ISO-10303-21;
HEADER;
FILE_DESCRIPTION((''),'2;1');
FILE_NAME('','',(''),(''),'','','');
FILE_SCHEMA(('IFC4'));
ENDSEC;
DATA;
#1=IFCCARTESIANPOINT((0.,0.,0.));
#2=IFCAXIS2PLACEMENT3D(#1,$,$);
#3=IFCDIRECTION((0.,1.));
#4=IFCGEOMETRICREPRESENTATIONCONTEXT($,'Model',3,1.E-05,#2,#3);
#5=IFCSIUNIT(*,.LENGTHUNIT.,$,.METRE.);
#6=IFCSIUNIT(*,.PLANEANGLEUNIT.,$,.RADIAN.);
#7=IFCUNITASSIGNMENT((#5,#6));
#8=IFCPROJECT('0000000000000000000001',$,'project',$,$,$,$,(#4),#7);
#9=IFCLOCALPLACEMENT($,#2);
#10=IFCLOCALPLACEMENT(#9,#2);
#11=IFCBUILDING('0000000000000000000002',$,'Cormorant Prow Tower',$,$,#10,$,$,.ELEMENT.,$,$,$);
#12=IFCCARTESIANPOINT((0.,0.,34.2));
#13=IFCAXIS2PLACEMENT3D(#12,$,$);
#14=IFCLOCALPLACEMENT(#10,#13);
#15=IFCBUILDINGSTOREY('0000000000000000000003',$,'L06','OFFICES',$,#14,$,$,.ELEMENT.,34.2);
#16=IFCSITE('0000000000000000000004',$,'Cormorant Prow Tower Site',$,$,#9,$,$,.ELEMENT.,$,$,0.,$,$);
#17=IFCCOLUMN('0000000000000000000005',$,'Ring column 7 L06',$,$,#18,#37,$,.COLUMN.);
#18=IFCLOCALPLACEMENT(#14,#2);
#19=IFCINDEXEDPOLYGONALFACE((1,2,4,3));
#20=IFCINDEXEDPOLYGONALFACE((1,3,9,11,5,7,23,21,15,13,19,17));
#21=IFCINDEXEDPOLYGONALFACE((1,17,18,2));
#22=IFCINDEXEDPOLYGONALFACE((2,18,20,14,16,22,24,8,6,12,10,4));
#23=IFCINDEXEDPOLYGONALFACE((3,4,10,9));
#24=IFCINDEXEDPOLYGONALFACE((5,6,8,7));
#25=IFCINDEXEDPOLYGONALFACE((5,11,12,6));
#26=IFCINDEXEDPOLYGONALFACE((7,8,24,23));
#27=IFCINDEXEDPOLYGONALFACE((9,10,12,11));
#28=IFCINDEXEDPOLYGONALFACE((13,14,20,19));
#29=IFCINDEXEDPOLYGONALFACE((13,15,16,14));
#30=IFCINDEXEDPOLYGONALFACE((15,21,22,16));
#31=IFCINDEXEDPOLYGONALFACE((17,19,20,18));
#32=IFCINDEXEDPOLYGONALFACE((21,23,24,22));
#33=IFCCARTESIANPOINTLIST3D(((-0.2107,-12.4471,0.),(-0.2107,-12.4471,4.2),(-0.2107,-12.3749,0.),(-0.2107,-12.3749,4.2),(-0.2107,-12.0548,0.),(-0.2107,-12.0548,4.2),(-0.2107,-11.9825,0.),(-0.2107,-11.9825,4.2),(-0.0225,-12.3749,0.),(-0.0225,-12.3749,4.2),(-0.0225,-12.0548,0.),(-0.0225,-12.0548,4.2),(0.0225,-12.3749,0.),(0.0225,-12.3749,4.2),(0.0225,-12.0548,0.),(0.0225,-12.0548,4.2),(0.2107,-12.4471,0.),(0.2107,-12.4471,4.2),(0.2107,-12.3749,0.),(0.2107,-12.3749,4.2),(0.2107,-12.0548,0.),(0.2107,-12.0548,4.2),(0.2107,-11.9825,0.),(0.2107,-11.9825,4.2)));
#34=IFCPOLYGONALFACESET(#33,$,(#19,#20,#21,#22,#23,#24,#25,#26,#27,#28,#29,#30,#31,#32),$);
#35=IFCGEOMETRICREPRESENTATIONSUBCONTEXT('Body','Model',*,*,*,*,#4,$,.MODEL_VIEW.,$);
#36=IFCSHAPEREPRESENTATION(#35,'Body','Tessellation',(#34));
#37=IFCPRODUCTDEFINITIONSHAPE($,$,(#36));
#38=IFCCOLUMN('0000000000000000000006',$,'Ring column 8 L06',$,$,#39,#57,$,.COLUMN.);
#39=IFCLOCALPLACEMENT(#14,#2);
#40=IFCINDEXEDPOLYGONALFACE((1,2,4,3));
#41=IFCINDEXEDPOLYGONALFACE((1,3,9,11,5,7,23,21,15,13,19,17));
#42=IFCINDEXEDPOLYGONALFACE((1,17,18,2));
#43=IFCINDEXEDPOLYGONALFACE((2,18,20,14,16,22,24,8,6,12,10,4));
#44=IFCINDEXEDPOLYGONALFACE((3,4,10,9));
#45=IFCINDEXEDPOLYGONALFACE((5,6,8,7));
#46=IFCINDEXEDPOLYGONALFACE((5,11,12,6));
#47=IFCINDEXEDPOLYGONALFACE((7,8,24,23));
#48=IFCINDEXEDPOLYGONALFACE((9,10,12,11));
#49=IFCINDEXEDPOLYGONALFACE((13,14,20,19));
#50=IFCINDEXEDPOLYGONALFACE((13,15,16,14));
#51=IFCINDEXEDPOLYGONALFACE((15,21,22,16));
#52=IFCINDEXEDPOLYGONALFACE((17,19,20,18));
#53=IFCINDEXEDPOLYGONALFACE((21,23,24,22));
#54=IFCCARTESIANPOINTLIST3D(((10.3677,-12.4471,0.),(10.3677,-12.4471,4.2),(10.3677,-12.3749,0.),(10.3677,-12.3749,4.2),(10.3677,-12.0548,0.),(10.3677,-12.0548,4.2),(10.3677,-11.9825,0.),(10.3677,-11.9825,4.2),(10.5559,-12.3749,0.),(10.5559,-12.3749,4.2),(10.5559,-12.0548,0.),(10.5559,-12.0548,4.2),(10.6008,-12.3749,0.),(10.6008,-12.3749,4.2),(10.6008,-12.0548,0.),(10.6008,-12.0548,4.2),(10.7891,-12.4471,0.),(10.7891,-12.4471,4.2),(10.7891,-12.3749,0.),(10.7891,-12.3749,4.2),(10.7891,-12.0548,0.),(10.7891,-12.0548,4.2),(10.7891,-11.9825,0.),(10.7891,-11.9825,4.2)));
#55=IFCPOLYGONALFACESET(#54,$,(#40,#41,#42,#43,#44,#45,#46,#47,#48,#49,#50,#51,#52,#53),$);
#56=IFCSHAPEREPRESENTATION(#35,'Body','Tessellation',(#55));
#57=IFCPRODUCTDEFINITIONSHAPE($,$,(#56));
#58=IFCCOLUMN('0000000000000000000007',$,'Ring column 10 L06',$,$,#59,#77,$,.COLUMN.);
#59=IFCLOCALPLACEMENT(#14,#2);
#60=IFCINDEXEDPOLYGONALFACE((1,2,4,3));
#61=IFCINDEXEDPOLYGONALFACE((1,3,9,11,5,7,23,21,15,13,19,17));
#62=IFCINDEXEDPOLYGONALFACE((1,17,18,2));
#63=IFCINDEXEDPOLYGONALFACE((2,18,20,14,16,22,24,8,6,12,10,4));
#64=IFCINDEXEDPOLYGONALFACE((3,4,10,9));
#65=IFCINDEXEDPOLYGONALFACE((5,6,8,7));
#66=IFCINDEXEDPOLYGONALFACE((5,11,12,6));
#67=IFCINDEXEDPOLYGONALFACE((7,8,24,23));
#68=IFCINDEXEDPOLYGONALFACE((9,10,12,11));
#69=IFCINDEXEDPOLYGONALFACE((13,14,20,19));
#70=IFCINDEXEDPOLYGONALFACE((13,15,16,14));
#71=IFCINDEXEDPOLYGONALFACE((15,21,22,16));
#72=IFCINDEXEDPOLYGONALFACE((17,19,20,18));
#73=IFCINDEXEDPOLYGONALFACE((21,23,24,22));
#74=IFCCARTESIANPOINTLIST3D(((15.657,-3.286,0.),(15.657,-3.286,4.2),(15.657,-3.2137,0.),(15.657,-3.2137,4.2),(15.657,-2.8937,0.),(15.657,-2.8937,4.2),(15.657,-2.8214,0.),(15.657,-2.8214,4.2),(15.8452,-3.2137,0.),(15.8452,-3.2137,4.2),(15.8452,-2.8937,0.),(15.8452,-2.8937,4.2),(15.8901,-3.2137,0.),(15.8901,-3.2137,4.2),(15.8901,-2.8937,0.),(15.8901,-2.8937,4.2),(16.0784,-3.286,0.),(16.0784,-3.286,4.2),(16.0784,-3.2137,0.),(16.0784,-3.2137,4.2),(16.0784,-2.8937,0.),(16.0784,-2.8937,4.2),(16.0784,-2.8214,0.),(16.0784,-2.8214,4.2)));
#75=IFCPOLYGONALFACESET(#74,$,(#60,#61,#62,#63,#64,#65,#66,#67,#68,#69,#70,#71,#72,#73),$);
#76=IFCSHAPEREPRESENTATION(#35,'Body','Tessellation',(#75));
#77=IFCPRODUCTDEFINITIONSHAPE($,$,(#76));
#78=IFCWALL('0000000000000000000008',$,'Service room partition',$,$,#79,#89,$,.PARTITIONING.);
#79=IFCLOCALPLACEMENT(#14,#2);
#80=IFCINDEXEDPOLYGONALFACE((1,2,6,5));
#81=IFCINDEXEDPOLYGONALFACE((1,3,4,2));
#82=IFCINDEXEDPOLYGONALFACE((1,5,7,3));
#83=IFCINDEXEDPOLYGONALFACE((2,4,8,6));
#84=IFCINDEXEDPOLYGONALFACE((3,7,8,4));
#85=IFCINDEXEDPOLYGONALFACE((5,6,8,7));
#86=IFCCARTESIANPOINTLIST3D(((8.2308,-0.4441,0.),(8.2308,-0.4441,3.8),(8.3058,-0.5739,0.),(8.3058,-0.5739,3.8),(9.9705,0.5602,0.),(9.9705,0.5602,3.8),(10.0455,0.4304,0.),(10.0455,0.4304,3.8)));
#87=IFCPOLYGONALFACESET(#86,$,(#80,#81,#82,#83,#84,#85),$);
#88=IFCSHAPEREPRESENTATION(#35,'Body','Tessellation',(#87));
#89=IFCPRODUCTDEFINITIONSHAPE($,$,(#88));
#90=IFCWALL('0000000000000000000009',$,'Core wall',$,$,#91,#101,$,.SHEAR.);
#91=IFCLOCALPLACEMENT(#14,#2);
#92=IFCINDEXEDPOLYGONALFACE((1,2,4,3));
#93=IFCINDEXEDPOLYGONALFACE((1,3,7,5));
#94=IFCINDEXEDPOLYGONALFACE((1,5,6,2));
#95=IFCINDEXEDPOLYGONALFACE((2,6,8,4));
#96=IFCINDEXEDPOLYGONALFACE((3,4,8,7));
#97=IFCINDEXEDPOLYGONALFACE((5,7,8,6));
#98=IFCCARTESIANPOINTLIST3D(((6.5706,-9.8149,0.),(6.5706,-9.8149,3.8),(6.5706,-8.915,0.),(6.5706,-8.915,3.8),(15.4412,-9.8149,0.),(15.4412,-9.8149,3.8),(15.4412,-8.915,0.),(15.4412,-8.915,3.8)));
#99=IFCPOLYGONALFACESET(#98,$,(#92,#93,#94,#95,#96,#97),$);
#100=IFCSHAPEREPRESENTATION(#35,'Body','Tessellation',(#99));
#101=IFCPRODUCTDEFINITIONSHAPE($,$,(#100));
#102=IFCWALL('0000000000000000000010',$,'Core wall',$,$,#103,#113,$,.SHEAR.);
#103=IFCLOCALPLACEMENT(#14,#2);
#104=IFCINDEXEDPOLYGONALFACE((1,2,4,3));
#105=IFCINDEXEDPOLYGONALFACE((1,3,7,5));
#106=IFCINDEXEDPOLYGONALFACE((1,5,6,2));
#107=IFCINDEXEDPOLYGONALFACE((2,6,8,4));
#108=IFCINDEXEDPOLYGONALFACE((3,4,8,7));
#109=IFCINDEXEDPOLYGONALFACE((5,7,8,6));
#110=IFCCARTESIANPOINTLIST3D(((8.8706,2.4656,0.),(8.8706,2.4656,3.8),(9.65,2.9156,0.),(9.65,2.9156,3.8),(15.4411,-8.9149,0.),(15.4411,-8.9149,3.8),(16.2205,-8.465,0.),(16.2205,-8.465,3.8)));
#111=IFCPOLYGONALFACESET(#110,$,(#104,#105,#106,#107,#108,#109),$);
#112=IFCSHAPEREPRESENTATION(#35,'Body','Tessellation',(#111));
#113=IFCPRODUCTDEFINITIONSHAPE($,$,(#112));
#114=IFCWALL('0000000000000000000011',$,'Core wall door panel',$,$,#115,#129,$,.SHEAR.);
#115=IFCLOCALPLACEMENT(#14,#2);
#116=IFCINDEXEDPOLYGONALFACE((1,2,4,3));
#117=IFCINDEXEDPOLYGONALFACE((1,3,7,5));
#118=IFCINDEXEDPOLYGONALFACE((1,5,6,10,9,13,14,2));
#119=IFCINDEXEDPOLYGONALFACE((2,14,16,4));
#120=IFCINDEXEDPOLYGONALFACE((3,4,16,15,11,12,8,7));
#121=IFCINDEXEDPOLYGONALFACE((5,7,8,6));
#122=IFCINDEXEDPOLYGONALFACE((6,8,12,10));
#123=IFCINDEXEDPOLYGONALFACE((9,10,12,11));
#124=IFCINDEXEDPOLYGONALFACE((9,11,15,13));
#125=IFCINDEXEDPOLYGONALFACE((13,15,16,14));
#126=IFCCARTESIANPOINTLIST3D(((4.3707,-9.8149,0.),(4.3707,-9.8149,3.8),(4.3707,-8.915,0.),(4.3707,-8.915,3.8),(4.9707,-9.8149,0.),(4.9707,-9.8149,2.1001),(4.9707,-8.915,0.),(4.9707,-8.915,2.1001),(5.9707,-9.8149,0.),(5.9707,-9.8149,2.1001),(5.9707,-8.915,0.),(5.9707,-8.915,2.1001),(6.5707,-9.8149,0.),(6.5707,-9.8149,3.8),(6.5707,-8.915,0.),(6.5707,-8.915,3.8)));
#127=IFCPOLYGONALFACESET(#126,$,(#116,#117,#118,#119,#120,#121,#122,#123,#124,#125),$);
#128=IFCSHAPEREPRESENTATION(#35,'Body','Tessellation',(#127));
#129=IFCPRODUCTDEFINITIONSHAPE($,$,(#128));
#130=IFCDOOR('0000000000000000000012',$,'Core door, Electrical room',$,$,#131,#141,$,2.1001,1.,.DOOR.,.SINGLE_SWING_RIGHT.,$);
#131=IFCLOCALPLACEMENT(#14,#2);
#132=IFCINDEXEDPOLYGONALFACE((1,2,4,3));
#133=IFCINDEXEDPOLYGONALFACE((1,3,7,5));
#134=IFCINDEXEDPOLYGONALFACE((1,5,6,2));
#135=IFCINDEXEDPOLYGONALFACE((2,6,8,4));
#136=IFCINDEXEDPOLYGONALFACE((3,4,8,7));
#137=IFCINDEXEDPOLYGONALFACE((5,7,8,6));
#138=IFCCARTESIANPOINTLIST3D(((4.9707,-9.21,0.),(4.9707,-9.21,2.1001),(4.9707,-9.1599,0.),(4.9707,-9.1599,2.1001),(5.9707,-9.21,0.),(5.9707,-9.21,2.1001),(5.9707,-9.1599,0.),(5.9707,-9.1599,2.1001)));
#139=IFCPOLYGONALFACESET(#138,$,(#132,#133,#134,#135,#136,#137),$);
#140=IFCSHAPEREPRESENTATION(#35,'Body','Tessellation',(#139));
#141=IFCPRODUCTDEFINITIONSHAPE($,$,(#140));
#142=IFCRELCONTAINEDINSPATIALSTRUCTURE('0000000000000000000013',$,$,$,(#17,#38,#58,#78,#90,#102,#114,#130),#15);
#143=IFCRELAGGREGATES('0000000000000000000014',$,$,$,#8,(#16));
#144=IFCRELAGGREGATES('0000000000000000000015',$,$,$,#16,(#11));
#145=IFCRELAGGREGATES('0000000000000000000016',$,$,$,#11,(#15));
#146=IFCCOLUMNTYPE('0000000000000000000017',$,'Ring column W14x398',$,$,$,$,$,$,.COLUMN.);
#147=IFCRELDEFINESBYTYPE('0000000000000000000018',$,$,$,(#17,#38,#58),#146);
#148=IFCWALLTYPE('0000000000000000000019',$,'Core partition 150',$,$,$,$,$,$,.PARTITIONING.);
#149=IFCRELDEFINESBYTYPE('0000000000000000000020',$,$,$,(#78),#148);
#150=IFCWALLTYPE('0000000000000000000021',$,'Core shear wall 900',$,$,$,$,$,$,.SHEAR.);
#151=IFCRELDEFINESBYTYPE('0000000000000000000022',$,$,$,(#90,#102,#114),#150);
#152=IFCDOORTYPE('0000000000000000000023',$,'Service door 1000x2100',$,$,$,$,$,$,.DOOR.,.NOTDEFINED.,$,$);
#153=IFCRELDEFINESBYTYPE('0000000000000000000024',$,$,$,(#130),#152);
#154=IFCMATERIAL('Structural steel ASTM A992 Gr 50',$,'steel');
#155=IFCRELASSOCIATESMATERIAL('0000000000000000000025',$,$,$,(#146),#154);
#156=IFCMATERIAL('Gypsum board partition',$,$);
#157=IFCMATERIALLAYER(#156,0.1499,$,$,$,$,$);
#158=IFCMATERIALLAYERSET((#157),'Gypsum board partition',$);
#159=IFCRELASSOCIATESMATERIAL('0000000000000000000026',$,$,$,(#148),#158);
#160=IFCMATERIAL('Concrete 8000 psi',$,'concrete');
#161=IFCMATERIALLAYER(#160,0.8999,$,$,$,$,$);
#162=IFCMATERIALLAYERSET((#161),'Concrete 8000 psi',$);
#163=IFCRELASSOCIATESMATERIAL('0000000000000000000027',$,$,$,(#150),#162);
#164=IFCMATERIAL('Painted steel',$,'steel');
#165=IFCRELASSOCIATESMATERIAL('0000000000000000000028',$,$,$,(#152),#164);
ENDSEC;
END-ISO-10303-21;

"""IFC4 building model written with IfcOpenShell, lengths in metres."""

from ifc_helpers import new_model, si_unit, direction, frame, frame_2d, origin, origin_2d, place, context, subcontext, project, spatial, rectangle, i_section, extrude, material, layer, layer_set, material_profile, profile_set, type_object, element, fill, save


model = new_model("IFC4")

# Units and contexts
model_context = context("Model", 3, precision=1e-05, world=origin(), true_north=direction((0.0, 1.0)))
body_context = subcontext(model_context, "Body", "Model", "MODEL_VIEW")
ifc_project = project(units=[si_unit("LENGTHUNIT", "METRE"), si_unit("PLANEANGLEUNIT", "RADIAN")], contexts=[model_context])

# Site, building, storey
site_placement = place(None, origin())
site = spatial("IfcSite", under=ifc_project, at=site_placement, Name="Cormorant Prow Tower Site", CompositionType="ELEMENT", RefElevation=0.0)
building_placement = place(site_placement, origin())
building = spatial("IfcBuilding", under=site, at=building_placement, Name="Cormorant Prow Tower", CompositionType="ELEMENT")
storey_placement = place(building_placement, frame((0.0, 0.0, 34.2)))
storey = spatial("IfcBuildingStorey", under=building, at=storey_placement, Name="L06", Description="OFFICES", CompositionType="ELEMENT", Elevation=34.2)

# Columns
ifc_material_1 = material(Name="Structural steel ASTM A992 Gr 50", Category="steel")
ifc_material_profile = material_profile(ifc_material_1, i_section(OverallWidth=0.4214, OverallDepth=0.4646, WebThickness=0.0449, FlangeThickness=0.0723, at=origin_2d()), Name="W14x398")
ifc_profile_set = profile_set([ifc_material_profile], Name="Structural steel ASTM A992 Gr 50")
column_type = type_object("IfcColumnType", Name="Ring column W14x398", PredefinedType="COLUMN", material=ifc_profile_set)
for number, where, z_axis, x_axis, name in (
    (1, (0.0, -12.2148, 0.0), (0.0, 0.0, 1.0), (1.0, 0.0, 0.0), "Ring column 7 L06"),
    (2, (10.5784, -12.2148, 0.0), (0.0, 0.0, 1.0), (1.0, 0.0, 0.0), "Ring column 8 L06"),
    (3, (15.8677, -3.0537, 0.0), (0.0, 0.0, 1.0), (1.0, 0.0, 0.0), "Ring column 10 L06"),
):
    element("IfcColumn", number, at=place(storey_placement, frame(where, z_axis=z_axis, x_axis=x_axis)), inside=storey, type_object=column_type, Name=name, PredefinedType="COLUMN", context=body_context, shape_type="SweptSolid", body=[
        extrude(i_section(OverallWidth=0.4214, OverallDepth=0.4646, WebThickness=0.0449, FlangeThickness=0.0723, at=origin_2d()), origin(), (0.0, 0.0, 1.0), 4.2),
    ])

# Walls
ifc_material_2 = material(Name="Gypsum board partition")
ifc_layer_1 = layer(ifc_material_2, 0.1499)
ifc_layer_set_1 = layer_set([ifc_layer_1], Name="Gypsum board partition")
wall_type_1 = type_object("IfcWallType", Name="Core partition 150", PredefinedType="PARTITIONING", material=ifc_layer_set_1)
wall_1_placement = place(storey_placement, frame((8.2683, -0.509, 0.0), z_axis=(0.0, 0.0, 1.0), x_axis=(0.866036, 0.499982, 0.0)))
element("IfcWall", 4, at=wall_1_placement, inside=storey, type_object=wall_type_1, Name="Service room partition", PredefinedType="PARTITIONING", context=body_context, shape_type="SweptSolid", body=[
    extrude(rectangle(XDim=2.0088, YDim=0.1499, at=frame_2d((1.0044, 0.0))), origin(), (0.0, 0.0, 1.0), 3.8),
])
ifc_material_3 = material(Name="Concrete 8000 psi", Category="concrete")
ifc_layer_2 = layer(ifc_material_3, 0.8999)
ifc_layer_set_2 = layer_set([ifc_layer_2], Name="Concrete 8000 psi")
wall_type_2 = type_object("IfcWallType", Name="Core shear wall 900", PredefinedType="SHEAR", material=ifc_layer_set_2)
wall_2_placement = place(storey_placement, frame((6.5706, -9.365, 0.0), z_axis=(0.0, 0.0, 1.0), x_axis=(1.0, 0.0, 0.0)))
element("IfcWall", 5, at=wall_2_placement, inside=storey, type_object=wall_type_2, Name="Core wall", PredefinedType="SHEAR", context=body_context, shape_type="SweptSolid", body=[
    extrude(rectangle(XDim=8.8706, YDim=0.8999, at=frame_2d((4.4353, 0.0))), origin(), (0.0, 0.0, 1.0), 3.8),
])
wall_3_placement = place(storey_placement, frame((15.8308, -8.6899, 0.0), z_axis=(0.0, 0.0, 1.0), x_axis=(-0.499997, 0.866027, 0.0)))
element("IfcWall", 6, at=wall_3_placement, inside=storey, type_object=wall_type_2, Name="Core wall", PredefinedType="SHEAR", context=body_context, shape_type="SweptSolid", body=[
    extrude(rectangle(XDim=13.1411, YDim=0.8999, at=frame_2d((6.5706, 0.0))), origin(), (0.0, 0.0, 1.0), 3.8),
])

# Wall, opening, door
wall_4_placement = place(storey_placement, frame((4.3706, -9.365, 0.0), z_axis=(0.0, 0.0, 1.0), x_axis=(1.0, 0.0, 0.0)))
wall_4 = element("IfcWall", 7, at=wall_4_placement, inside=storey, type_object=wall_type_2, Name="Core wall door panel", PredefinedType="SHEAR", context=body_context, shape_type="SweptSolid", body=[
    extrude(rectangle(XDim=2.2, YDim=0.8999, at=frame_2d((1.1001, 0.0))), origin(), (0.0, 0.0, 1.0), 3.8),
])
opening_1_placement = place(wall_4_placement, frame((0.6001, 0.0, 0.0)))
opening_1 = element("IfcOpeningElement", 8, at=opening_1_placement, cuts=wall_4, PredefinedType="OPENING", context=body_context, shape_type="SweptSolid", body=[
    extrude(rectangle(XDim=1.0, YDim=2.1001, at=frame_2d((0.5, 1.05))), frame((0.0, 0.46, 0.0), z_axis=(0.0, -1.0, 0.0), x_axis=(1.0, 0.0, 0.0)), (0.0, 0.0, 1.0), 0.9199),
])
ifc_material_4 = material(Name="Painted steel", Category="steel")
door_type_1 = type_object("IfcDoorType", Name="Service door 1000x2100", OperationType="NOTDEFINED", PredefinedType="DOOR", material=ifc_material_4)
door_1_placement = place(opening_1_placement, origin())
door_1 = element("IfcDoor", 9, at=door_1_placement, inside=storey, type_object=door_type_1, Name="Core door, Electrical room", OperationType="SINGLE_SWING_RIGHT", OverallHeight=2.1001, OverallWidth=1.0, PredefinedType="DOOR", context=body_context, shape_type="SweptSolid", body=[
    extrude(rectangle(XDim=1.0, YDim=2.1001, at=frame_2d((0.5, 1.05))), frame((0.0, 0.2051, 0.0), z_axis=(0.0, -1.0, 0.0), x_axis=(1.0, 0.0, 0.0)), (0.0, 0.0, 1.0), 0.05),
])
fill(opening_1, door_1)

save(model, "model.ifc")
